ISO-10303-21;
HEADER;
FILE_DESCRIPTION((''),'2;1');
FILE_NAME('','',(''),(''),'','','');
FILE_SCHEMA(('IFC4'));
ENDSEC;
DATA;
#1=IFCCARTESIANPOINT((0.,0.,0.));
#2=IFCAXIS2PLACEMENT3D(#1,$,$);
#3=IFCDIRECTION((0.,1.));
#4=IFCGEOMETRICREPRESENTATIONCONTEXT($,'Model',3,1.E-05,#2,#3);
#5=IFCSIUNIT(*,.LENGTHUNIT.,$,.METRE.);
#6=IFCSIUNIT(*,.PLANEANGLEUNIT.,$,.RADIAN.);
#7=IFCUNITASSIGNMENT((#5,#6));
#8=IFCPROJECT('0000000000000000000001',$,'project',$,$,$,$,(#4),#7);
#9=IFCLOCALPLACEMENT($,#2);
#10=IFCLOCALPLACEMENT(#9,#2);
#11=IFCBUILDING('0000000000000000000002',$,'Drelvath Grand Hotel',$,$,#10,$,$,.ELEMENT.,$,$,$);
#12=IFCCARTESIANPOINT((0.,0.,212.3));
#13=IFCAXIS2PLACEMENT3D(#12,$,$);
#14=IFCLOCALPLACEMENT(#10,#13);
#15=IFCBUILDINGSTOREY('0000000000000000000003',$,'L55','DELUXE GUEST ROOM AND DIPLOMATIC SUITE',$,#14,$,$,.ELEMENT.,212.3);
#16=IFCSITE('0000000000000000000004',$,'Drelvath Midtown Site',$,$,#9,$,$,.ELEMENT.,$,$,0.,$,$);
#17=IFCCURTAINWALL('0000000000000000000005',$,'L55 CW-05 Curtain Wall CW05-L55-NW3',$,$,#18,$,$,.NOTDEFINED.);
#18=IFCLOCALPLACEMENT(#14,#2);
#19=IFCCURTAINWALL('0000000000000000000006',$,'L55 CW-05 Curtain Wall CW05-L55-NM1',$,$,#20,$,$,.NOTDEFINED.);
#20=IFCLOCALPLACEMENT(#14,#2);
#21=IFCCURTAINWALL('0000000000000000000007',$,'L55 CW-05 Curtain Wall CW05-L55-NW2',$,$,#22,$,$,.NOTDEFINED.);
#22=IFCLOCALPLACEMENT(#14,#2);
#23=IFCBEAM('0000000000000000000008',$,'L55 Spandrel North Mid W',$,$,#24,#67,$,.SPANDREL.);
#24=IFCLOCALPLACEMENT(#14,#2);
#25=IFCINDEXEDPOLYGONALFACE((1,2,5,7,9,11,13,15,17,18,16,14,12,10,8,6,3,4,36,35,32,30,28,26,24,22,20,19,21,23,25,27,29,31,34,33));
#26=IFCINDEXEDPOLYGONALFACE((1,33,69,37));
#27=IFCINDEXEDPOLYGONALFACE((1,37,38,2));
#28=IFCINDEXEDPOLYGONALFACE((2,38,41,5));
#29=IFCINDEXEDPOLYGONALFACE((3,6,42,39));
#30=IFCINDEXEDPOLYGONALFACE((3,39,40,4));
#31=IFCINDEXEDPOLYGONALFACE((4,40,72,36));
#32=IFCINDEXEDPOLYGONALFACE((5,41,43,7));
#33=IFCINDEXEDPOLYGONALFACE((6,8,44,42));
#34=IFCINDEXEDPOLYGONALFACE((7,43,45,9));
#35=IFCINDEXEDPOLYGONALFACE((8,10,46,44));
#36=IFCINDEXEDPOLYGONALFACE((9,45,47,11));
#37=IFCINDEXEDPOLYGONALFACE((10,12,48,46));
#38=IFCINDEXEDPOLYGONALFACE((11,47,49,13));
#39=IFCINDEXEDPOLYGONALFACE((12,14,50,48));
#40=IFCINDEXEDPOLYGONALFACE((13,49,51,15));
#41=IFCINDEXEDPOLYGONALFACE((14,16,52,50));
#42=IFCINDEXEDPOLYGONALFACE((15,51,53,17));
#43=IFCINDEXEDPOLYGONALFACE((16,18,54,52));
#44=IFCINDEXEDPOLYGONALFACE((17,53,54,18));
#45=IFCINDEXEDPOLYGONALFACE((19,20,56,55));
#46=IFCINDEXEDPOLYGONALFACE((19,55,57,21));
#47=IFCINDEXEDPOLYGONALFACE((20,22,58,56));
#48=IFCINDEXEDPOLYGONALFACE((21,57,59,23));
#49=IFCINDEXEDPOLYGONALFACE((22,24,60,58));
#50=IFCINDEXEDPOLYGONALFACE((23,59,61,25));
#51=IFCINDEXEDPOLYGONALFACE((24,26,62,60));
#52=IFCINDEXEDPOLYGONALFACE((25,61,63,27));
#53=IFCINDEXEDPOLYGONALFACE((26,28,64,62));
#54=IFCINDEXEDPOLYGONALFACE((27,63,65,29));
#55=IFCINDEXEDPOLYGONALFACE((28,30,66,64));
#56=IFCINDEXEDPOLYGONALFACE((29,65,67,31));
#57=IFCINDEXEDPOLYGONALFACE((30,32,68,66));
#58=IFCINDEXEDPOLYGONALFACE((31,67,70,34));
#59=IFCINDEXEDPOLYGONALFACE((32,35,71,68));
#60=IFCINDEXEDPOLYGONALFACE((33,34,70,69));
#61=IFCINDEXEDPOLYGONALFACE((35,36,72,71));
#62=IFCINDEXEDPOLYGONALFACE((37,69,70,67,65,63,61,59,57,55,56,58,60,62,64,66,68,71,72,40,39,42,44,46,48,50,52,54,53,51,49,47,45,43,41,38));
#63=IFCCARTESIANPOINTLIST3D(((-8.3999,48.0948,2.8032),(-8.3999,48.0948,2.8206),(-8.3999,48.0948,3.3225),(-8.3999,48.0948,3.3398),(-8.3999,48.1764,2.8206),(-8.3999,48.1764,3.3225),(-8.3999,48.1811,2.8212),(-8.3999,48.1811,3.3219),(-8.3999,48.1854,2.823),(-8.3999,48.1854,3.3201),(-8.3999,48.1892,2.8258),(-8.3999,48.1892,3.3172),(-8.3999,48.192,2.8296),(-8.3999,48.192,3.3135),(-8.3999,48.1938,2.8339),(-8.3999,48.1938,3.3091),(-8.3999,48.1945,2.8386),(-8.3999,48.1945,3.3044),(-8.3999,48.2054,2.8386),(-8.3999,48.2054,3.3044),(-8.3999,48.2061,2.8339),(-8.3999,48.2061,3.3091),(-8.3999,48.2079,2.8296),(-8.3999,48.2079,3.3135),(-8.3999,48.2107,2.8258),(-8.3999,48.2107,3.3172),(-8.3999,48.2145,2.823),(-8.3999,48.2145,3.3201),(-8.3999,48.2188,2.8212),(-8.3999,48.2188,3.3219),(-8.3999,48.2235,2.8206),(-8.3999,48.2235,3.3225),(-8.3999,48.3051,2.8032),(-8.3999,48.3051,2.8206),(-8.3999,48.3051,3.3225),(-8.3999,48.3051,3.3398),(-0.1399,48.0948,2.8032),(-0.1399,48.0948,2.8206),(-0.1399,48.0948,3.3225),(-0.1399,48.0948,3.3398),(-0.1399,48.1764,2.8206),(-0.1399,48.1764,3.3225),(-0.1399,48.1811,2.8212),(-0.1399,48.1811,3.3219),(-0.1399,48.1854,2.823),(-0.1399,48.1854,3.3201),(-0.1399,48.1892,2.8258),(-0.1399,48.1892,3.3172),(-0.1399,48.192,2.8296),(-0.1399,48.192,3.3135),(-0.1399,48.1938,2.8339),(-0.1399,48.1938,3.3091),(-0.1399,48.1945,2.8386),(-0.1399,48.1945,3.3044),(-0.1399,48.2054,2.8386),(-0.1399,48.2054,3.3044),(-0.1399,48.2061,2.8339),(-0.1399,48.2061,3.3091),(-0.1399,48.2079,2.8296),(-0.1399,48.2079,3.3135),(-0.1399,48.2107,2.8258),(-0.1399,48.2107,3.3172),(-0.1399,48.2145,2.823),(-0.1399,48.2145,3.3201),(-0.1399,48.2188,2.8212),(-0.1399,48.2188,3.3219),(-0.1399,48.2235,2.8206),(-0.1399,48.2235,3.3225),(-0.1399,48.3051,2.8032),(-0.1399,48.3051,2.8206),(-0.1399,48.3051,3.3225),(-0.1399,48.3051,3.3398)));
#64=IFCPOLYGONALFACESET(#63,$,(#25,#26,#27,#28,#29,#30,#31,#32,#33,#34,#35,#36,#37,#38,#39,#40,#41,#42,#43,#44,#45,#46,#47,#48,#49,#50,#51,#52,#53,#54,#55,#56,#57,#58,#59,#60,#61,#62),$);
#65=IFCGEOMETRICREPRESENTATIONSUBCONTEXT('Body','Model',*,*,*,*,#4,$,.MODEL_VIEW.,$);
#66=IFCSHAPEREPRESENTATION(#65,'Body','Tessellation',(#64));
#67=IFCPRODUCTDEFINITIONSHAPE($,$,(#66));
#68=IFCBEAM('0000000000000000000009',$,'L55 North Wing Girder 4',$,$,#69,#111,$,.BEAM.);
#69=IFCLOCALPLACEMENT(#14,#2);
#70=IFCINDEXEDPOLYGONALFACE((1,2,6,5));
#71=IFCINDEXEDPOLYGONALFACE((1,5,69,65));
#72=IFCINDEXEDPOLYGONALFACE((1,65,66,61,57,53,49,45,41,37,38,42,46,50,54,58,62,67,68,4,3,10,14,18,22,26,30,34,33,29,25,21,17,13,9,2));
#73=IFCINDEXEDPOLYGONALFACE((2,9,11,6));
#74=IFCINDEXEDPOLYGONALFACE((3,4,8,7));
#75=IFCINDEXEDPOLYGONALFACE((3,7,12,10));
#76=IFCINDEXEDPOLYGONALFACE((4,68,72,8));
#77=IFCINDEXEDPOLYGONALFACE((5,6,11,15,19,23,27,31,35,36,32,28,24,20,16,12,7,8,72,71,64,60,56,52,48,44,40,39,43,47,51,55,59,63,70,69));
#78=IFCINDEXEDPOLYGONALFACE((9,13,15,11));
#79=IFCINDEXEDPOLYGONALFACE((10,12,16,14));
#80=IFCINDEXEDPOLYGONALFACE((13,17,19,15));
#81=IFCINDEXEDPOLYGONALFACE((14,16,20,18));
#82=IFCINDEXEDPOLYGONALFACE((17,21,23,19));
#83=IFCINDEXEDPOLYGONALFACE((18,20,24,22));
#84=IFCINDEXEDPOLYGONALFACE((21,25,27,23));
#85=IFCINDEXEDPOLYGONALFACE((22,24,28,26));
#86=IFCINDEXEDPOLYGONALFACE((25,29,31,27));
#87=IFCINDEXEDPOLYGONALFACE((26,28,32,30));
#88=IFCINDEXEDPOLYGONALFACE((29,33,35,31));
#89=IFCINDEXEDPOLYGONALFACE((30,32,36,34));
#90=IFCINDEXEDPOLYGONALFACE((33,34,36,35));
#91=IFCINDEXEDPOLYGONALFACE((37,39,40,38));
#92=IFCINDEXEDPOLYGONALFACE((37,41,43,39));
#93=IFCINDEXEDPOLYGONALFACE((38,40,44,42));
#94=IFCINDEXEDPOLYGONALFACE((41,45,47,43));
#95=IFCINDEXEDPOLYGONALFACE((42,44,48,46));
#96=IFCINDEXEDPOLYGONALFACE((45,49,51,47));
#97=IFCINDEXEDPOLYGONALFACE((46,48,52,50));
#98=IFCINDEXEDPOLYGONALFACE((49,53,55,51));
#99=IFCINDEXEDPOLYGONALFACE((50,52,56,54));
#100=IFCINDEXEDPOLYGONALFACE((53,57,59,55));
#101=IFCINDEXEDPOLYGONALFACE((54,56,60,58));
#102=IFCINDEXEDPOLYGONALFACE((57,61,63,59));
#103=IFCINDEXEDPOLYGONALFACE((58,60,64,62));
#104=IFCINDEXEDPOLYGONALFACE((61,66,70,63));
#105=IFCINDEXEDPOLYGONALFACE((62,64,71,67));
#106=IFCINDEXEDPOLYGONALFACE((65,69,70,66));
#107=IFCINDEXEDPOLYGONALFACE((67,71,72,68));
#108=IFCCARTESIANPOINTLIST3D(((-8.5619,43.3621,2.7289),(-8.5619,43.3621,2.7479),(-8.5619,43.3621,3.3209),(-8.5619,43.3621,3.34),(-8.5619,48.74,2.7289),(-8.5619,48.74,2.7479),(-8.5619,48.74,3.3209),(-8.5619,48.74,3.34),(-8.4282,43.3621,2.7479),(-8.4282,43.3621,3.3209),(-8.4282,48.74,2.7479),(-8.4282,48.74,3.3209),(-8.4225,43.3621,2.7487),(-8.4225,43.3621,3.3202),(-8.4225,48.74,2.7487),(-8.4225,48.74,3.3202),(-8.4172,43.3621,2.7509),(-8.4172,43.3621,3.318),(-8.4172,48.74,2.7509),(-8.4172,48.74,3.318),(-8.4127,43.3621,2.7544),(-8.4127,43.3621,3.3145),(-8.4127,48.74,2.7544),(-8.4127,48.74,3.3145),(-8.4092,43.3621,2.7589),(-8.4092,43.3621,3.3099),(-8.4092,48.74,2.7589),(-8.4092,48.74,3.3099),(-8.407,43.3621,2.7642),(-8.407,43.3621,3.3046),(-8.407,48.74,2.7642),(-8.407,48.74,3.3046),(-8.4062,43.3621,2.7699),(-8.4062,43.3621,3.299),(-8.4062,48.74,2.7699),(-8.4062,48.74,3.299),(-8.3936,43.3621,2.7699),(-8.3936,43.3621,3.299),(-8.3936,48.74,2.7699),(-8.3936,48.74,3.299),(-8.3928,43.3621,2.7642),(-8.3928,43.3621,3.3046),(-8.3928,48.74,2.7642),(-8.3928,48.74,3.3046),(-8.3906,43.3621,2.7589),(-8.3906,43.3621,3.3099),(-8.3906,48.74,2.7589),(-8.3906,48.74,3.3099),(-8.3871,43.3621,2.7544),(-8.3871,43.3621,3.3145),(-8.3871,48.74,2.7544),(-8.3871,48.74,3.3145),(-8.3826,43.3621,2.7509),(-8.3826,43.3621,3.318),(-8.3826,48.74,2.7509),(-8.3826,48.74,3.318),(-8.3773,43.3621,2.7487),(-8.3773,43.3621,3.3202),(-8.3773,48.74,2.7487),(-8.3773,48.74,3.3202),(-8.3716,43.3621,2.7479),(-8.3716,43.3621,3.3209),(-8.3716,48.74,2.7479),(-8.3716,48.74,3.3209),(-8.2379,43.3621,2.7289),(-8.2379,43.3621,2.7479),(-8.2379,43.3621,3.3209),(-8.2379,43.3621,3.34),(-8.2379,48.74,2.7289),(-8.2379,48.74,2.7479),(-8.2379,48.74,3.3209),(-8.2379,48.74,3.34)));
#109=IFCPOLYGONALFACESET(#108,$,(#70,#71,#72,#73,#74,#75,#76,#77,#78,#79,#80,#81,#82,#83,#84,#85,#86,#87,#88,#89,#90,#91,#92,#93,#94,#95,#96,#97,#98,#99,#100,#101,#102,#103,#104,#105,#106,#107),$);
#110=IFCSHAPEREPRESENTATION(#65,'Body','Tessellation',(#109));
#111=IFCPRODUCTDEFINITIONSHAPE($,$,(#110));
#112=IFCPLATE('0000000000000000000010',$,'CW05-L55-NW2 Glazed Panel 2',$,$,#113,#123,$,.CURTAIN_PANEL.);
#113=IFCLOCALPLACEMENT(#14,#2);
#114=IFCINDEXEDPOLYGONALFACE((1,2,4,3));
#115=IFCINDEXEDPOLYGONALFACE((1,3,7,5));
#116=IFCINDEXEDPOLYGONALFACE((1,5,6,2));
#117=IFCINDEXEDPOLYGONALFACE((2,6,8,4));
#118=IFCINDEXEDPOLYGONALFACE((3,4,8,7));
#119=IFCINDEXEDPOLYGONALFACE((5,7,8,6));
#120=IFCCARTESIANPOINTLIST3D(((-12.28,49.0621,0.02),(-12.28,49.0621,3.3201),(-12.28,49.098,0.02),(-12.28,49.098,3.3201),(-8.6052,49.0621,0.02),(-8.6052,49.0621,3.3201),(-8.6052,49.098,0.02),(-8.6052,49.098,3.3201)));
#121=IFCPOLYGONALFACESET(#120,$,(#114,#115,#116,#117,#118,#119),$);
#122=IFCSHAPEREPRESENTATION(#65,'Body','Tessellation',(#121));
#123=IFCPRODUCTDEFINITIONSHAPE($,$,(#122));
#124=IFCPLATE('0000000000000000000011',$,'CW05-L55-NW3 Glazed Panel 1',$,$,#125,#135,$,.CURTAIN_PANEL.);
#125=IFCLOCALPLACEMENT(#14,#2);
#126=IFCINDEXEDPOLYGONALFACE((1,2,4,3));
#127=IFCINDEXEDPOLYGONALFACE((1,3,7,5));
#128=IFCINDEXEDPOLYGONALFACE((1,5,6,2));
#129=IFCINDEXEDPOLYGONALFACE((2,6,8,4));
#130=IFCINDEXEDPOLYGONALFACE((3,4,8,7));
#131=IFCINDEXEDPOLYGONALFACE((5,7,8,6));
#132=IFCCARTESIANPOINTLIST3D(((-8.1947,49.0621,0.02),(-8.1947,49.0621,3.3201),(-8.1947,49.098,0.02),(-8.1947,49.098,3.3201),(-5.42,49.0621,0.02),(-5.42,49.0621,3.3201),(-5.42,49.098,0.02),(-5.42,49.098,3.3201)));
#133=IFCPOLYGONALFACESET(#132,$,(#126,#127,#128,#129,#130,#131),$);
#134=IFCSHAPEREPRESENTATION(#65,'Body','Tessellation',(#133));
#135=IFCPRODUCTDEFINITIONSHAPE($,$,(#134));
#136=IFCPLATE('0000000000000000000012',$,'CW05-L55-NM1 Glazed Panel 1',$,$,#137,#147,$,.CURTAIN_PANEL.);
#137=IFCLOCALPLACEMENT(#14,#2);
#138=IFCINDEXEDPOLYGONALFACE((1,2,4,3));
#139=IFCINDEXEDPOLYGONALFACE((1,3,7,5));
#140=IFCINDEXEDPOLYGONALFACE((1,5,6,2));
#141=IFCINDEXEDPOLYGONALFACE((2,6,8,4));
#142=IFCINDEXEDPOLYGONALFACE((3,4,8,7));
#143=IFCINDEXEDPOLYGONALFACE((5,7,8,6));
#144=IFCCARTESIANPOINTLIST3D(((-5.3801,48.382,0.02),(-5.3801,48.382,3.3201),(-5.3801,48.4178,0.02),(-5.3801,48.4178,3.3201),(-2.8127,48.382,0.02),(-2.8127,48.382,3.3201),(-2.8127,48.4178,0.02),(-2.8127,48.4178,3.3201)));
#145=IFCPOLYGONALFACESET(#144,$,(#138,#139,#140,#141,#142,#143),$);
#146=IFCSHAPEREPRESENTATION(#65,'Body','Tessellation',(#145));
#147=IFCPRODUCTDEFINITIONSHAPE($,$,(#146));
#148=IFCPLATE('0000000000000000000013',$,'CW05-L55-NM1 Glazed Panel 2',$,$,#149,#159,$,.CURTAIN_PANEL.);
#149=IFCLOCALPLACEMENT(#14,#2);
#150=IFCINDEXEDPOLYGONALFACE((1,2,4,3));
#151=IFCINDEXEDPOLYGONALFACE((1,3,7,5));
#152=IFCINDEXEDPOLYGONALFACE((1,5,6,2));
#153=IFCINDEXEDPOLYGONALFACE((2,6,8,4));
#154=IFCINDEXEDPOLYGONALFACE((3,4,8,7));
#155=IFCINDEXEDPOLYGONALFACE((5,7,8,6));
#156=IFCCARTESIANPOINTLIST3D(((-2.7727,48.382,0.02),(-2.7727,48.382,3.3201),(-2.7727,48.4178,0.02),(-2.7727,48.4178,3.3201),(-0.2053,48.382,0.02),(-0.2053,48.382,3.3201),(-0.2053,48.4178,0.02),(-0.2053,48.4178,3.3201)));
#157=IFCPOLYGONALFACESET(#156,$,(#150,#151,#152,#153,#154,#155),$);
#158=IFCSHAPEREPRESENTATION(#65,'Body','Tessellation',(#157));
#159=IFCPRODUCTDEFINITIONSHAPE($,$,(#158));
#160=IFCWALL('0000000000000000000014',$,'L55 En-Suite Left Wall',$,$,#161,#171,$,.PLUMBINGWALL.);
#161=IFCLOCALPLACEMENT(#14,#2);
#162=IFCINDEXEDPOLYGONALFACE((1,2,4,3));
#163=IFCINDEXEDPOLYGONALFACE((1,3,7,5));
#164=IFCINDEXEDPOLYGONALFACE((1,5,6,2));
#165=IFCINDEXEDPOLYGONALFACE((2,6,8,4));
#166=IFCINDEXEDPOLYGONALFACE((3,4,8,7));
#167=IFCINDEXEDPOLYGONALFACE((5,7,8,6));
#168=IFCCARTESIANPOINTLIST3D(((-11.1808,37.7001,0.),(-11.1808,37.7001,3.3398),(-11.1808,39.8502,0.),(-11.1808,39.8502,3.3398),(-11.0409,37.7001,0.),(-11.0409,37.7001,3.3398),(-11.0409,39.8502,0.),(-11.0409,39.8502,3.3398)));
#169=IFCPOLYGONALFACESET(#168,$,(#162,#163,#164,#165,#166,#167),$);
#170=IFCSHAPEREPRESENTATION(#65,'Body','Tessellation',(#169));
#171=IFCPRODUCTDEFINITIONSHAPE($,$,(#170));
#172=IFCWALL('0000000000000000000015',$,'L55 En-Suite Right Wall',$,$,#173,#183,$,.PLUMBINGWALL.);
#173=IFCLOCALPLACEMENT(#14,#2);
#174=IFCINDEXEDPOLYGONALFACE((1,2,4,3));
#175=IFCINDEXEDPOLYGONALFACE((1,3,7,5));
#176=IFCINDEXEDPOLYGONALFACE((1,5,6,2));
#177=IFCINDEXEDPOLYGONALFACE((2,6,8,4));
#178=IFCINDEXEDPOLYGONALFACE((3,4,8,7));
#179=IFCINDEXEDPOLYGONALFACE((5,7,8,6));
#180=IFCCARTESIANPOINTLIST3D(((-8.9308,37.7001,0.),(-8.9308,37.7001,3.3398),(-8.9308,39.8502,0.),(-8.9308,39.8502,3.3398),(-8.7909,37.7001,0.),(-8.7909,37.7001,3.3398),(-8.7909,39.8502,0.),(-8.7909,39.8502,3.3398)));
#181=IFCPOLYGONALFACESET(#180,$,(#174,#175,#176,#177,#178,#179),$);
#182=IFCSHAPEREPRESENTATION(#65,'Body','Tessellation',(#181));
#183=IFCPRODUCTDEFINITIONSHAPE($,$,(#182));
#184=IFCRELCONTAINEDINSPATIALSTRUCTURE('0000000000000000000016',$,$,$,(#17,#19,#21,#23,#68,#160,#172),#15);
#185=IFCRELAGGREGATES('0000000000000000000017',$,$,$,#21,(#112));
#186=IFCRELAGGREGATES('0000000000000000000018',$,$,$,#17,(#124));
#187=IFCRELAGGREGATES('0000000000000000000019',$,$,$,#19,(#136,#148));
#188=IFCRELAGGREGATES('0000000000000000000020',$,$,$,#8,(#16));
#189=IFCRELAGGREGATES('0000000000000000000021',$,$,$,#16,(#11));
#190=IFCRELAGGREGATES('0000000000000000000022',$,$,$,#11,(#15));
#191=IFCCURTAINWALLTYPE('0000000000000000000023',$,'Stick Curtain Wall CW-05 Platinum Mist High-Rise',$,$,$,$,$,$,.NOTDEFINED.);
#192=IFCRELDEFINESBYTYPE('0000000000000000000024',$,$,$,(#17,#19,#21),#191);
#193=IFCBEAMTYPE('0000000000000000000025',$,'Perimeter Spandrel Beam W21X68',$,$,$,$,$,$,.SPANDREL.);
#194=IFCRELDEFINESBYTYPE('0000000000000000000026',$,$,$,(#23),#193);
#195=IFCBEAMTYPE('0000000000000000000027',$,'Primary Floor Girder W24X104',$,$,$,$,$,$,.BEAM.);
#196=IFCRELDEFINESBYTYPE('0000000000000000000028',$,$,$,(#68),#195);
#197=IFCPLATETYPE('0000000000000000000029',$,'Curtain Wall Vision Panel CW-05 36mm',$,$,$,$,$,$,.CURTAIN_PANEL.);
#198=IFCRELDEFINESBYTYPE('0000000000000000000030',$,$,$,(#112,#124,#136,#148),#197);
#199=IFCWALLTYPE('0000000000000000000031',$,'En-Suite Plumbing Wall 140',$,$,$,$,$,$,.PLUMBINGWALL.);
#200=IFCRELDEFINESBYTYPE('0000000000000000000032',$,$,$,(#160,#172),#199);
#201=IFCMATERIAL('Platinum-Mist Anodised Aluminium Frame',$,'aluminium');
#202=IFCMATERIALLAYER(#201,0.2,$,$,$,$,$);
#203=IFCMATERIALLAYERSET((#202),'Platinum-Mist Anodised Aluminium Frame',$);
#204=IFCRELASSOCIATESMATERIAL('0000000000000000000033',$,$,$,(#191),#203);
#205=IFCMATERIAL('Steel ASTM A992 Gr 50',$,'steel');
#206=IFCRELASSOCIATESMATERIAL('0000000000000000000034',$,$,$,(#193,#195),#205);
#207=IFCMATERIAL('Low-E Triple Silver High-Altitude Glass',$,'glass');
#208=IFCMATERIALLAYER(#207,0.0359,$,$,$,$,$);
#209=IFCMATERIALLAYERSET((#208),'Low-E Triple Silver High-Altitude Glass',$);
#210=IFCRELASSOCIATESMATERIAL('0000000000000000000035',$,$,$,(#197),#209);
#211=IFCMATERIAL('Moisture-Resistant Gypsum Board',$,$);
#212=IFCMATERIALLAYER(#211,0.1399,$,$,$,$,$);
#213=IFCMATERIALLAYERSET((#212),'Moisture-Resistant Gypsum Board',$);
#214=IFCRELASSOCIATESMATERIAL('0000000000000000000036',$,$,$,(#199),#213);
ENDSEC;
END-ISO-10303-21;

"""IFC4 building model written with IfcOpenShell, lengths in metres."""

from ifc_helpers import new_model, si_unit, direction, frame, frame_2d, origin, origin_2d, place, context, subcontext, project, spatial, rectangle, i_section, extrude, material, layer, layer_set, material_profile, profile_set, type_object, element, aggregate, save


model = new_model("IFC4")

# Units and contexts
model_context = context("Model", 3, precision=1e-05, world=origin(), true_north=direction((0.0, 1.0)))
body_context = subcontext(model_context, "Body", "Model", "MODEL_VIEW")
ifc_project = project(units=[si_unit("LENGTHUNIT", "METRE"), si_unit("PLANEANGLEUNIT", "RADIAN")], contexts=[model_context])

# Site, building, storey
site_placement = place(None, origin())
site = spatial("IfcSite", under=ifc_project, at=site_placement, Name="Drelvath Midtown Site", CompositionType="ELEMENT", RefElevation=0.0)
building_placement = place(site_placement, origin())
building = spatial("IfcBuilding", under=site, at=building_placement, Name="Drelvath Grand Hotel", CompositionType="ELEMENT")
storey_placement = place(building_placement, frame((0.0, 0.0, 212.3)))
storey = spatial("IfcBuildingStorey", under=building, at=storey_placement, Name="L55", Description="DELUXE GUEST ROOM AND DIPLOMATIC SUITE", CompositionType="ELEMENT", Elevation=212.3)

# Curtain walls
ifc_material_1 = material(Name="Platinum-Mist Anodised Aluminium Frame", Category="aluminium")
ifc_layer_1 = layer(ifc_material_1, 0.2)
ifc_layer_set_1 = layer_set([ifc_layer_1], Name="Platinum-Mist Anodised Aluminium Frame")
curtain_wall_type = type_object("IfcCurtainWallType", Name="Stick Curtain Wall CW-05 Platinum Mist High-Rise", PredefinedType="NOTDEFINED", material=ifc_layer_set_1)
curtain_wall_1_placement = place(storey_placement, origin())
curtain_wall_1 = element("IfcCurtainWall", 1, at=curtain_wall_1_placement, inside=storey, type_object=curtain_wall_type, Name="L55 CW-05 Curtain Wall CW05-L55-NW3", PredefinedType="NOTDEFINED")
curtain_wall_2_placement = place(storey_placement, origin())
curtain_wall_2 = element("IfcCurtainWall", 2, at=curtain_wall_2_placement, inside=storey, type_object=curtain_wall_type, Name="L55 CW-05 Curtain Wall CW05-L55-NM1", PredefinedType="NOTDEFINED")

# Curtain wall
curtain_wall_3_placement = place(storey_placement, origin())
curtain_wall_3 = element("IfcCurtainWall", 3, at=curtain_wall_3_placement, inside=storey, type_object=curtain_wall_type, Name="L55 CW-05 Curtain Wall CW05-L55-NW2", PredefinedType="NOTDEFINED")

# Beams
ifc_material_2 = material(Name="Steel ASTM A992 Gr 50", Category="steel")
ifc_material_profile_1 = material_profile(ifc_material_2, i_section(OverallWidth=0.2102, OverallDepth=0.5366, WebThickness=0.011, FlangeThickness=0.0173, FilletRadius=0.0181, at=origin_2d()), Name="W21X68")
ifc_profile_set_1 = profile_set([ifc_material_profile_1], Name="Steel ASTM A992 Gr 50")
beam_type_1 = type_object("IfcBeamType", Name="Perimeter Spandrel Beam W21X68", PredefinedType="SPANDREL", material=ifc_profile_set_1)
beam_1_placement = place(storey_placement, frame((-8.3999, 48.2, 3.0715), z_axis=(1.0, 0.0, 0.0), x_axis=(0.0, 1.0, 0.0)))
element("IfcBeam", 4, at=beam_1_placement, inside=storey, type_object=beam_type_1, Name="L55 Spandrel North Mid W", PredefinedType="SPANDREL", context=body_context, shape_type="SweptSolid", body=[
    extrude(i_section(OverallWidth=0.2102, OverallDepth=0.5366, WebThickness=0.011, FlangeThickness=0.0173, FilletRadius=0.0181, at=origin_2d()), origin(), (0.0, 0.0, 1.0), 8.26),
])
ifc_material_profile_2 = material_profile(ifc_material_2, i_section(OverallWidth=0.324, OverallDepth=0.6111, WebThickness=0.0127, FlangeThickness=0.019, FilletRadius=0.022, at=origin_2d()), Name="W24X104")
ifc_profile_set_2 = profile_set([ifc_material_profile_2], Name="Steel ASTM A992 Gr 50")
beam_type_2 = type_object("IfcBeamType", Name="Primary Floor Girder W24X104", PredefinedType="BEAM", material=ifc_profile_set_2)
beam_2_placement = place(storey_placement, frame((-8.3999, 43.3621, 3.0344), z_axis=(0.0, 1.0, 0.0), x_axis=(-1.0, 0.0, 0.0)))
element("IfcBeam", 5, at=beam_2_placement, inside=storey, type_object=beam_type_2, Name="L55 North Wing Girder 4", PredefinedType="BEAM", context=body_context, shape_type="SweptSolid", body=[
    extrude(i_section(OverallWidth=0.324, OverallDepth=0.6111, WebThickness=0.0127, FlangeThickness=0.019, FilletRadius=0.022, at=origin_2d()), origin(), (0.0, 0.0, 1.0), 5.3779),
])

# Plates
ifc_material_3 = material(Name="Low-E Triple Silver High-Altitude Glass", Category="glass")
ifc_layer_2 = layer(ifc_material_3, 0.0359)
ifc_layer_set_2 = layer_set([ifc_layer_2], Name="Low-E Triple Silver High-Altitude Glass")
plate_type = type_object("IfcPlateType", Name="Curtain Wall Vision Panel CW-05 36mm", PredefinedType="CURTAIN_PANEL", material=ifc_layer_set_2)
plate_1_placement = place(storey_placement, frame((-10.4426, 49.0801, 0.02), z_axis=(0.0, 0.0, 1.0), x_axis=(1.0, 0.0, 0.0)))
plate_1 = element("IfcPlate", 6, at=plate_1_placement, type_object=plate_type, Name="CW05-L55-NW2 Glazed Panel 2", PredefinedType="CURTAIN_PANEL", context=body_context, shape_type="SweptSolid", body=[
    extrude(rectangle(XDim=3.6748, YDim=0.0359, at=origin_2d()), origin(), (0.0, 0.0, 1.0), 3.3),
])
aggregate(curtain_wall_3, [plate_1])
plate_2_placement = place(storey_placement, frame((-6.8074, 49.0801, 0.02), z_axis=(0.0, 0.0, 1.0), x_axis=(1.0, 0.0, 0.0)))
plate_2 = element("IfcPlate", 7, at=plate_2_placement, type_object=plate_type, Name="CW05-L55-NW3 Glazed Panel 1", PredefinedType="CURTAIN_PANEL", context=body_context, shape_type="SweptSolid", body=[
    extrude(rectangle(XDim=2.7747, YDim=0.0359, at=origin_2d()), origin(), (0.0, 0.0, 1.0), 3.3),
])
aggregate(curtain_wall_1, [plate_2])
plate_3_placement = place(storey_placement, frame((-4.0964, 48.3999, 0.02), z_axis=(0.0, 0.0, 1.0), x_axis=(1.0, 0.0, 0.0)))
plate_3 = element("IfcPlate", 8, at=plate_3_placement, type_object=plate_type, Name="CW05-L55-NM1 Glazed Panel 1", PredefinedType="CURTAIN_PANEL", context=body_context, shape_type="SweptSolid", body=[
    extrude(rectangle(XDim=2.5674, YDim=0.0359, at=origin_2d()), origin(), (0.0, 0.0, 1.0), 3.3),
])
plate_4_placement = place(storey_placement, frame((-1.489, 48.3999, 0.02), z_axis=(0.0, 0.0, 1.0), x_axis=(1.0, 0.0, 0.0)))
plate_4 = element("IfcPlate", 9, at=plate_4_placement, type_object=plate_type, Name="CW05-L55-NM1 Glazed Panel 2", PredefinedType="CURTAIN_PANEL", context=body_context, shape_type="SweptSolid", body=[
    extrude(rectangle(XDim=2.5674, YDim=0.0359, at=origin_2d()), origin(), (0.0, 0.0, 1.0), 3.3),
])
aggregate(curtain_wall_2, [plate_3, plate_4])

# Walls
ifc_material_4 = material(Name="Moisture-Resistant Gypsum Board")
ifc_layer_3 = layer(ifc_material_4, 0.1399)
ifc_layer_set_3 = layer_set([ifc_layer_3], Name="Moisture-Resistant Gypsum Board")
wall_type_1 = type_object("IfcWallType", Name="En-Suite Plumbing Wall 140", PredefinedType="PLUMBINGWALL", material=ifc_layer_set_3)
for number, where, z_axis, x_axis, name in (
    (10, (-11.1108, 37.7, 0.0), (0.0, 0.0, 1.0), (0.0, 1.0, 0.0), "L55 En-Suite Left Wall"),
    (11, (-8.8608, 37.7, 0.0), (0.0, 0.0, 1.0), (0.0, 1.0, 0.0), "L55 En-Suite Right Wall"),
):
    element("IfcWall", number, at=place(storey_placement, frame(where, z_axis=z_axis, x_axis=x_axis)), inside=storey, type_object=wall_type_1, Name=name, PredefinedType="PLUMBINGWALL", context=body_context, shape_type="SweptSolid", body=[
        extrude(rectangle(XDim=2.1501, YDim=0.1399, at=frame_2d((1.0752, 0.0))), origin(), (0.0, 0.0, 1.0), 3.3398),
    ])

save(model, "model.ifc")
